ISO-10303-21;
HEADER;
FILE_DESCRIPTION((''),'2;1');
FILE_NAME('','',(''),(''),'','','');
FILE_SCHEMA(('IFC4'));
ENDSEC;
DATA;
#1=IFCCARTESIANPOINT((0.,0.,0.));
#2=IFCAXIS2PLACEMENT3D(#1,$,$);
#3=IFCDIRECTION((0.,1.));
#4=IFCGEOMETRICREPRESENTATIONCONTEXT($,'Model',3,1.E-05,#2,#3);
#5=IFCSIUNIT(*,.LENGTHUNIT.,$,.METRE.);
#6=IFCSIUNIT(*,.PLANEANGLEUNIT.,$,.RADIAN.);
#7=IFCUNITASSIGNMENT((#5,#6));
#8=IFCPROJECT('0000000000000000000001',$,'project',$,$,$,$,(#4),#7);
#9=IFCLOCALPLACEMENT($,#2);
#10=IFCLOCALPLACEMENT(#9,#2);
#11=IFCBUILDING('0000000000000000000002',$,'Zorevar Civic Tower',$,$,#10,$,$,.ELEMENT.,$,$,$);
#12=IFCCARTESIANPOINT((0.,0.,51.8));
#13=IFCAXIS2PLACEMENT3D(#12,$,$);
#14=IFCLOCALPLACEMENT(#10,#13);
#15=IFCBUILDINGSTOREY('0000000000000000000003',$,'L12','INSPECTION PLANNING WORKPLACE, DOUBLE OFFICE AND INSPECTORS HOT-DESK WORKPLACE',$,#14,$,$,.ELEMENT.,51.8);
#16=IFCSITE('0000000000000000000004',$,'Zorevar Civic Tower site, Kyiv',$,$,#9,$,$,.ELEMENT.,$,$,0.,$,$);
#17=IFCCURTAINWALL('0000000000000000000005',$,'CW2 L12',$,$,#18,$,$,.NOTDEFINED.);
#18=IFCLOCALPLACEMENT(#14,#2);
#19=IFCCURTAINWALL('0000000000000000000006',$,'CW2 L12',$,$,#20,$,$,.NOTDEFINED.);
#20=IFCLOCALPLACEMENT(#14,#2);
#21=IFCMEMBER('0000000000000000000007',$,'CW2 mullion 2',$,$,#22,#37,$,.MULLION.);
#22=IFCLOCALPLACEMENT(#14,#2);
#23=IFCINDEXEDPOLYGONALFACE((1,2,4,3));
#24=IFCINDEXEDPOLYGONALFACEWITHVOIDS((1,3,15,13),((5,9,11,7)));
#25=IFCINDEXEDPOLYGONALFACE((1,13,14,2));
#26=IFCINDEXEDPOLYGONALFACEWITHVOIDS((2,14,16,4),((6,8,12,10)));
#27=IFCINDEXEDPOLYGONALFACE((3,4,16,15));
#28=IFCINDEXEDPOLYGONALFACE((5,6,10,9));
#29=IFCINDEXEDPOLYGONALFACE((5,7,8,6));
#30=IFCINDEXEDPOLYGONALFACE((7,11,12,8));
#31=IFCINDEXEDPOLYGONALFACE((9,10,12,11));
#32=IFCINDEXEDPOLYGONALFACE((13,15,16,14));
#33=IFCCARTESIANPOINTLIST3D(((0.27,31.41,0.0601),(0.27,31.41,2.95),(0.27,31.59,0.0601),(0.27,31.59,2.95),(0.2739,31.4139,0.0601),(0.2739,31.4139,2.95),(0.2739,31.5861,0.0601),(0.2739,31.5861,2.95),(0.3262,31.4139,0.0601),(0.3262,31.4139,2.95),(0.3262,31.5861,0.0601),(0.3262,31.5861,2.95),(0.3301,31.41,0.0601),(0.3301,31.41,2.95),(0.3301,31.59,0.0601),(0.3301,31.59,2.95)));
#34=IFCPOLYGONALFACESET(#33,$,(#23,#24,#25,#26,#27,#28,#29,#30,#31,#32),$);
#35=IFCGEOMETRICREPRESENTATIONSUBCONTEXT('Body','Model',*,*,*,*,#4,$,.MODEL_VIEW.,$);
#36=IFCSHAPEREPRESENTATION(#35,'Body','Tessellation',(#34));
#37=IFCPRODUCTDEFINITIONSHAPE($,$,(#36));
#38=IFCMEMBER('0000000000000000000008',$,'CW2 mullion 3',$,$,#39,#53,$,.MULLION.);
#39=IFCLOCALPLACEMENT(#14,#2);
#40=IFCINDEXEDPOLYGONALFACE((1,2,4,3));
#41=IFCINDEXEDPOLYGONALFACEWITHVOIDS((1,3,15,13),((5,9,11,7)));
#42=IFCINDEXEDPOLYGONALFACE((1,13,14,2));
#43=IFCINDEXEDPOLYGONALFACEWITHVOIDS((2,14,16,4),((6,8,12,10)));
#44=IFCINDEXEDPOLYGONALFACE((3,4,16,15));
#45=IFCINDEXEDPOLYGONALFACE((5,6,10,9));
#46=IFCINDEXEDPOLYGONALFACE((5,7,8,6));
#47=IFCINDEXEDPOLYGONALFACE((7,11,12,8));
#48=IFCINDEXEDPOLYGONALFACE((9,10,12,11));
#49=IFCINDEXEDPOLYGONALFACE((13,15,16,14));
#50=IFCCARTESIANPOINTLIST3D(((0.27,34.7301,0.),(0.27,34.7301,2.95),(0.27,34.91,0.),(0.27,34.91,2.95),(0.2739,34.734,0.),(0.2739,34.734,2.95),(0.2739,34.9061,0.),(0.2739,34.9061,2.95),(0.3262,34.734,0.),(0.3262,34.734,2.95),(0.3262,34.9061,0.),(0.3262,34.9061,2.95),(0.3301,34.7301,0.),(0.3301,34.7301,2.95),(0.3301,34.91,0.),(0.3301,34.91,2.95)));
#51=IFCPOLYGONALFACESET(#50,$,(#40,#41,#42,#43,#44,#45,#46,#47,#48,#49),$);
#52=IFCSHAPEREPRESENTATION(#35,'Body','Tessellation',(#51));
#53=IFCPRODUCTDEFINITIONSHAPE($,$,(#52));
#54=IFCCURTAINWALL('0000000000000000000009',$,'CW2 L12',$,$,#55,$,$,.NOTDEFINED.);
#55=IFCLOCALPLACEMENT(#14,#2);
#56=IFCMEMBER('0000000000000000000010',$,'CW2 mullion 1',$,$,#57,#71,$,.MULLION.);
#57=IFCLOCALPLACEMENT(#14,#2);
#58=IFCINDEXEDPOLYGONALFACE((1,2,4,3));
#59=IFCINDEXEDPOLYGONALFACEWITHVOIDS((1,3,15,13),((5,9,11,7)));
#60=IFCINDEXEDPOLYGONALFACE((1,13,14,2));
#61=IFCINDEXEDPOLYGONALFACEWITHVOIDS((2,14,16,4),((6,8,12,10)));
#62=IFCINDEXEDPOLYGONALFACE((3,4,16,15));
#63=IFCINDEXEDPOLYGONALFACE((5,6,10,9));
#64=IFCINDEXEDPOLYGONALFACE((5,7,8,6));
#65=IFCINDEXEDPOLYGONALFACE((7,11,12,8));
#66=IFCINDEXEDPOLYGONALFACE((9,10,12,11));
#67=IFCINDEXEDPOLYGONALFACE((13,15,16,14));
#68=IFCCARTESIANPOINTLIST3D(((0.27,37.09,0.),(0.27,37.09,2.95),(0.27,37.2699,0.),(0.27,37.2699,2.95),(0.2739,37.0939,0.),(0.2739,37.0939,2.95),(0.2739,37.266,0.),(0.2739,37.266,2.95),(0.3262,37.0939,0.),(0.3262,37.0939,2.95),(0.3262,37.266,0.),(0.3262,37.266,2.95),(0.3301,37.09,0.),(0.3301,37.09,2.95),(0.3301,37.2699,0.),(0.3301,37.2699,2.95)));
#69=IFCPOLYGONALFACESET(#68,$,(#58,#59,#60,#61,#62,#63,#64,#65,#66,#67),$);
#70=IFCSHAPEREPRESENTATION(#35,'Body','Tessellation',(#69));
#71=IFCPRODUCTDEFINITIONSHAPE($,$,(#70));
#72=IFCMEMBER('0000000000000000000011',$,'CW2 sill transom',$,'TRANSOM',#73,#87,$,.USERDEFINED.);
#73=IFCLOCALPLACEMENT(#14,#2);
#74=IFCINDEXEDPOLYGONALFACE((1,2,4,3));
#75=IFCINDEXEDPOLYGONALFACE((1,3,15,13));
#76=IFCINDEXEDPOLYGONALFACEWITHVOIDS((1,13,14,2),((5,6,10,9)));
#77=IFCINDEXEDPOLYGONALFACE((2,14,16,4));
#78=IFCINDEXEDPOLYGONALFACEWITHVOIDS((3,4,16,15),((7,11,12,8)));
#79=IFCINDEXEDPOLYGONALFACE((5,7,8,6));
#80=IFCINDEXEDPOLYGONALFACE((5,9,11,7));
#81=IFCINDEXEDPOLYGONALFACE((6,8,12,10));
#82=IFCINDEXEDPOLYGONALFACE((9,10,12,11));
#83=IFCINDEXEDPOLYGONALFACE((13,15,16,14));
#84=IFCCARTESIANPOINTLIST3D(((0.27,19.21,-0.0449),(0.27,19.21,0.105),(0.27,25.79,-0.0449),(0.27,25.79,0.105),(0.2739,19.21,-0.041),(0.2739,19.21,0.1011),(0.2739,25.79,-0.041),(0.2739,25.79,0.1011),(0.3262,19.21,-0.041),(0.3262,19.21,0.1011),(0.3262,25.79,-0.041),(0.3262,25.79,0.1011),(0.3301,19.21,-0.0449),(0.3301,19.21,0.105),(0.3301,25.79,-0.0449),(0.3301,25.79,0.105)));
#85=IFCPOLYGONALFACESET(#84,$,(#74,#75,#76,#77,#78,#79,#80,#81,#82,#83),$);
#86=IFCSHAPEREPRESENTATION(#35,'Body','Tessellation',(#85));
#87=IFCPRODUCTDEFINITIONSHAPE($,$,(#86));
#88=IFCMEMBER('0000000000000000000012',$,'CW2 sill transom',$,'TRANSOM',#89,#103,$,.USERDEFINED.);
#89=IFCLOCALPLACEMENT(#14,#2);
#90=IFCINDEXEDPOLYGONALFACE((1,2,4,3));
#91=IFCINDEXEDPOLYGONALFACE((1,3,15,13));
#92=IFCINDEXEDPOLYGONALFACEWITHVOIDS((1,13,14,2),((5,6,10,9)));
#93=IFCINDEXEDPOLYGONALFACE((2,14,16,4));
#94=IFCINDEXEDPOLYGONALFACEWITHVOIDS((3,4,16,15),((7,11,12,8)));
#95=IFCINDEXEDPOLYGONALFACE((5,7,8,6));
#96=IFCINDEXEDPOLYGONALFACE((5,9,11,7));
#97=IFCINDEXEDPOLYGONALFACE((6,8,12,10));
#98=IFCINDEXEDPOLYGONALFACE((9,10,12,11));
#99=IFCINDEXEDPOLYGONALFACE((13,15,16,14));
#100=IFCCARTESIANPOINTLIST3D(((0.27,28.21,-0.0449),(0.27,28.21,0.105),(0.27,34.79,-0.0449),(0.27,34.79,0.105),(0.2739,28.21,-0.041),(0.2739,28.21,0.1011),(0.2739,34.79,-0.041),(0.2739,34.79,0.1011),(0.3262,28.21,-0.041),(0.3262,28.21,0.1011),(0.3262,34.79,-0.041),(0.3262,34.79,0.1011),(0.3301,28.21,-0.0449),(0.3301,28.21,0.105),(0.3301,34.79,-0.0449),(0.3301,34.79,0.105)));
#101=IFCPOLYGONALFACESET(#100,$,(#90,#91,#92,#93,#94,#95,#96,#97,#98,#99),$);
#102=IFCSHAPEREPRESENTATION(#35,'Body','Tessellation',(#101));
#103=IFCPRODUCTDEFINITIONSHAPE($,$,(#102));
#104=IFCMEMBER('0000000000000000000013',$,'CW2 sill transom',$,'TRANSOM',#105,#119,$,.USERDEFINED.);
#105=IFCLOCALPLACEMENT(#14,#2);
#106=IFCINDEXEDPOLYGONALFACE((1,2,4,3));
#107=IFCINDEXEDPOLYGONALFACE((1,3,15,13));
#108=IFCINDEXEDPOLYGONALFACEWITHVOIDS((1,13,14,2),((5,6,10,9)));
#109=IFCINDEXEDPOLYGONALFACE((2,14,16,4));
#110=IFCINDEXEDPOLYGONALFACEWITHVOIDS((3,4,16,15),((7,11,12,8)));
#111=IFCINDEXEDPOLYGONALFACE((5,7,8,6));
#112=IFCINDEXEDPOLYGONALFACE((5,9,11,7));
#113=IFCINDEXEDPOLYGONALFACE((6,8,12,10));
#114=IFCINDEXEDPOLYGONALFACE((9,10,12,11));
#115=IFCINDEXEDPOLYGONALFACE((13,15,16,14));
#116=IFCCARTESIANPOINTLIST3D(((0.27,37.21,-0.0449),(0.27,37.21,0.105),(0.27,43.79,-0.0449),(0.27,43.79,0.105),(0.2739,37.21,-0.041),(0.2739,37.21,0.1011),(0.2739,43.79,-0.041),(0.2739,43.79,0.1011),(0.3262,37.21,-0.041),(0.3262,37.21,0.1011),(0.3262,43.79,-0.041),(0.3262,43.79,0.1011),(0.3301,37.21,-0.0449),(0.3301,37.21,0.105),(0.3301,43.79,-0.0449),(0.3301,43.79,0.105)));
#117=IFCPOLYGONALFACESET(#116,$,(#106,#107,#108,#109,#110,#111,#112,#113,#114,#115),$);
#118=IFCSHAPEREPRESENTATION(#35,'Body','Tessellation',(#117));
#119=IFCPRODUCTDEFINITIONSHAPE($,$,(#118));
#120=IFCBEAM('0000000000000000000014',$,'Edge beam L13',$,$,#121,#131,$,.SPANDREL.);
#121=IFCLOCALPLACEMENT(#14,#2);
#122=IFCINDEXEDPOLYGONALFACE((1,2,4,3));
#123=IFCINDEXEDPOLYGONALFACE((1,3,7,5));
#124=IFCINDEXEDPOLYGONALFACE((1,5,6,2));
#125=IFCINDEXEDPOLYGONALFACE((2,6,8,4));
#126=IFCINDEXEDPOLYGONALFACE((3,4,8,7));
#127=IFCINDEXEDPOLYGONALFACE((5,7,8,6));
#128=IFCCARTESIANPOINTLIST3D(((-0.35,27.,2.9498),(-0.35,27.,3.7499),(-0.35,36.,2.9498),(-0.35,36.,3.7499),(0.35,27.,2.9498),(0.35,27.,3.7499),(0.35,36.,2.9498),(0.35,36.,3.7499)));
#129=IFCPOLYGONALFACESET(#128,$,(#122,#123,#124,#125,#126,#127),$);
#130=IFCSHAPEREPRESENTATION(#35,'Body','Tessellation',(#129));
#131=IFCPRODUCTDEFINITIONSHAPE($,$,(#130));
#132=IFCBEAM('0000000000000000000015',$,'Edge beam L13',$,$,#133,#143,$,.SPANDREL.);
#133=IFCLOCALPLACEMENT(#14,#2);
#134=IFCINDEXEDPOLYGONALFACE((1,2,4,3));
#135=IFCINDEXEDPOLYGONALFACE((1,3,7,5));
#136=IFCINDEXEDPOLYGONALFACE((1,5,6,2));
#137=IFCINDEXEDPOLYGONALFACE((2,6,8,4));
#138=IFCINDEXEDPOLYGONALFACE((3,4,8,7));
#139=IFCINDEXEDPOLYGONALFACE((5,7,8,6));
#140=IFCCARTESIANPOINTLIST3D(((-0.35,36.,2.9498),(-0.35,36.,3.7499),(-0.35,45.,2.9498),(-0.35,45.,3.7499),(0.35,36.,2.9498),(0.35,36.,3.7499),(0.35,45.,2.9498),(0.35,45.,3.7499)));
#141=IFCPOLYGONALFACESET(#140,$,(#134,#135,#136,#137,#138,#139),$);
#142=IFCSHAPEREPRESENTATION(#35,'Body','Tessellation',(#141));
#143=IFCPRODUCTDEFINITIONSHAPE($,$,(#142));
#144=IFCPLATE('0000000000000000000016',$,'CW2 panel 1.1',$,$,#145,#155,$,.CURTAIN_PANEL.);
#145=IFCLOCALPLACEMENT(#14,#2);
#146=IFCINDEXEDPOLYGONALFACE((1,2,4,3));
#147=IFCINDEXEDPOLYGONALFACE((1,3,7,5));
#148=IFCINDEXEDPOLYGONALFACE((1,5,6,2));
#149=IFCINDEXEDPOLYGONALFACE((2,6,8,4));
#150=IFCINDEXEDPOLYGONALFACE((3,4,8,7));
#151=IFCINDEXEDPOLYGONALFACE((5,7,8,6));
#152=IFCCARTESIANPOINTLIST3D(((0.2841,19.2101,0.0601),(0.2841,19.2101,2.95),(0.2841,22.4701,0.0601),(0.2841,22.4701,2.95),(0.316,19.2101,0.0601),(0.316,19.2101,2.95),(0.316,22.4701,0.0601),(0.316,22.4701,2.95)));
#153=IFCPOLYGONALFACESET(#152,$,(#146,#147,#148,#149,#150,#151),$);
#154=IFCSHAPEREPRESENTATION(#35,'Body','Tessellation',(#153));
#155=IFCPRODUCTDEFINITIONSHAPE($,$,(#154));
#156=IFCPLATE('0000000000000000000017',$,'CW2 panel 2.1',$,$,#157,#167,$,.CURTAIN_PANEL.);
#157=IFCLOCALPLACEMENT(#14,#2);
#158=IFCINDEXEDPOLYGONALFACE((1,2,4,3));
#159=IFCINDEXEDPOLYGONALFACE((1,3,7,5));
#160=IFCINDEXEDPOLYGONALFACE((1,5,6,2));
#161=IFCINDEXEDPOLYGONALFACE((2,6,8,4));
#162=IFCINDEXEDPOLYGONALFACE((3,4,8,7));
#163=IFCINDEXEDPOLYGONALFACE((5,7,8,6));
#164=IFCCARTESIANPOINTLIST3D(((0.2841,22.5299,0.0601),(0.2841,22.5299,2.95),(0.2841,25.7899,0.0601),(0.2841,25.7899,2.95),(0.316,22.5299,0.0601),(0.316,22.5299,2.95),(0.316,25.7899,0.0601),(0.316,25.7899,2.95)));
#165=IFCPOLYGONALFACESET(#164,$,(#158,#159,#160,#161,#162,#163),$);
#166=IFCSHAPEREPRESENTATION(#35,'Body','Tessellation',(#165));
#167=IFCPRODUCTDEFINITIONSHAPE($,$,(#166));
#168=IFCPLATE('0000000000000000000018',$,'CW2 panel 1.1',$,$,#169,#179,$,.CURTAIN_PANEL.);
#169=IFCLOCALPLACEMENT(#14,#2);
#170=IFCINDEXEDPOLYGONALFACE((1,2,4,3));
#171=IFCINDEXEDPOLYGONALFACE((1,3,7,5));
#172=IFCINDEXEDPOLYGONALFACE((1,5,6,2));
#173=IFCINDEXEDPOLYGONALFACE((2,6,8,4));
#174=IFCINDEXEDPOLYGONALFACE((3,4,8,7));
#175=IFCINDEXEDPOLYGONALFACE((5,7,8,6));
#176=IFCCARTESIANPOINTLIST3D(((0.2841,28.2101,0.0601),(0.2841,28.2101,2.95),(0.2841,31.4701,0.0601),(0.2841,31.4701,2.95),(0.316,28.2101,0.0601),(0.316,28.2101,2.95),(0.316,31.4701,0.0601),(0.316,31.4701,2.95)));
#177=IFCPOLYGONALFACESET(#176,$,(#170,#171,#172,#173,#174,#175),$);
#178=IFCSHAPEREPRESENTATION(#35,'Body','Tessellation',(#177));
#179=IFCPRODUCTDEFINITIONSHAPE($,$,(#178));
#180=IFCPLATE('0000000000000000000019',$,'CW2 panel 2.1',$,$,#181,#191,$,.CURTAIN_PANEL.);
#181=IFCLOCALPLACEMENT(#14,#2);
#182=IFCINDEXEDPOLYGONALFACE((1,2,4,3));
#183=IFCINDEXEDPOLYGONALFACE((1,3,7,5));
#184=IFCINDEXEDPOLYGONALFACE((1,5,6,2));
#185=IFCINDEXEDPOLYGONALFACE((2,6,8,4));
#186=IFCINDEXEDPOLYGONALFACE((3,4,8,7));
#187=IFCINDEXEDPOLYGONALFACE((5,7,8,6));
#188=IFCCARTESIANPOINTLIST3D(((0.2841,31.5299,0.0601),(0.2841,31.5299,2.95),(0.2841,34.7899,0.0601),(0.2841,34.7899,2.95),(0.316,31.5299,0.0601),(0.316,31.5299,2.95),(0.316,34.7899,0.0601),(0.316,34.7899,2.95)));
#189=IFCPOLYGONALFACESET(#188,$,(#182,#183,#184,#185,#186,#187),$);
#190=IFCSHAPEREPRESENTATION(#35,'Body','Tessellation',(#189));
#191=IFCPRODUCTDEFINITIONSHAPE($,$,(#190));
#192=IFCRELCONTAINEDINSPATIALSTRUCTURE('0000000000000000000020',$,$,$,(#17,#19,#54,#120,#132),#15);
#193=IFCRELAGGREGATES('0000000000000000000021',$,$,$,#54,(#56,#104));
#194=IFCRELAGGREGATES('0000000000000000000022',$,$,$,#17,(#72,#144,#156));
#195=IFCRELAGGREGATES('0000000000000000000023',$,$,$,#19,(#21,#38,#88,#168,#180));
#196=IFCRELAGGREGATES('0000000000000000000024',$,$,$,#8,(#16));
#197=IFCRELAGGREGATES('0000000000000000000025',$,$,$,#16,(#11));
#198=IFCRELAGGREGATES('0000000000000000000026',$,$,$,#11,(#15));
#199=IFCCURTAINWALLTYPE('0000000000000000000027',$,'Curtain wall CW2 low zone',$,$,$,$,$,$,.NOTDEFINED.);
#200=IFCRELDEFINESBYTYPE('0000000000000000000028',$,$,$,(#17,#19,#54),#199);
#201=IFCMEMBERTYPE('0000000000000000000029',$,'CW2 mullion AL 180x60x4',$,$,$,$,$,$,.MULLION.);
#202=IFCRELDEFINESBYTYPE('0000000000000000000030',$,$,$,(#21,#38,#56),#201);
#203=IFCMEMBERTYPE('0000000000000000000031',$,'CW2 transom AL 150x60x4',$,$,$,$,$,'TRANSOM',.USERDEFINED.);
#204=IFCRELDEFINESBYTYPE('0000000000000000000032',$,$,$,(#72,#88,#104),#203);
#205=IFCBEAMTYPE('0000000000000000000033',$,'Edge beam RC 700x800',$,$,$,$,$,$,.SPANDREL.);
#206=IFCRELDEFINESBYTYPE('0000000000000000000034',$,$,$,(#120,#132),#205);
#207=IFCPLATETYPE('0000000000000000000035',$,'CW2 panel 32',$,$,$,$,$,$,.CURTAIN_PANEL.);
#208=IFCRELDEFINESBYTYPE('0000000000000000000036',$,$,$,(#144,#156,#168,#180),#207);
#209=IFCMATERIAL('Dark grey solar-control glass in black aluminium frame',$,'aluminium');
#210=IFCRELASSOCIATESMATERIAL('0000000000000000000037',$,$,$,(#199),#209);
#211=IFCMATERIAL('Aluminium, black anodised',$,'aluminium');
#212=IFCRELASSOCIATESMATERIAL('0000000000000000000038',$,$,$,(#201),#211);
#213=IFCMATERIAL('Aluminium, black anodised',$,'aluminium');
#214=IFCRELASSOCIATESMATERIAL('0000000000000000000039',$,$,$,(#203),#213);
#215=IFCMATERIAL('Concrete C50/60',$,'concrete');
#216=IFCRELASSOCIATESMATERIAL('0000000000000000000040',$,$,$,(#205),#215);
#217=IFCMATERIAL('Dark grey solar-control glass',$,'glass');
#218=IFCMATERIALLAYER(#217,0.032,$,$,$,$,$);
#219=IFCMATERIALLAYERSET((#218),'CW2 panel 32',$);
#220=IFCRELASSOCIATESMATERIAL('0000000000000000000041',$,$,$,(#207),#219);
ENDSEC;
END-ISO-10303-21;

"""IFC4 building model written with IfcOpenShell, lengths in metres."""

from ifc_helpers import new_model, si_unit, direction, frame, origin, origin_2d, place, context, subcontext, project, spatial, rectangle, hollow_rectangle, extrude, material, layer, layer_set, material_profile, profile_set, type_object, element, aggregate, save


model = new_model("IFC4")

# Units and contexts
model_context = context("Model", 3, precision=1e-05, world=origin(), true_north=direction((0.0, 1.0)))
body_context = subcontext(model_context, "Body", "Model", "MODEL_VIEW")
ifc_project = project(units=[si_unit("LENGTHUNIT", "METRE"), si_unit("PLANEANGLEUNIT", "RADIAN")], contexts=[model_context])

# Site, building, storey
site_placement = place(None, origin())
site = spatial("IfcSite", under=ifc_project, at=site_placement, Name="Zorevar Civic Tower site, Kyiv", CompositionType="ELEMENT", RefElevation=0.0)
building_placement = place(site_placement, origin())
building = spatial("IfcBuilding", under=site, at=building_placement, Name="Zorevar Civic Tower", CompositionType="ELEMENT")
storey_placement = place(building_placement, frame((0.0, 0.0, 51.8)))
storey = spatial("IfcBuildingStorey", under=building, at=storey_placement, Name="L12", Description="INSPECTION PLANNING WORKPLACE, DOUBLE OFFICE AND INSPECTORS HOT-DESK WORKPLACE", CompositionType="ELEMENT", Elevation=51.8)

# Curtain walls, members
ifc_material_1 = material(Name="Dark grey solar-control glass in black aluminium frame", Category="aluminium")
curtain_wall_type = type_object("IfcCurtainWallType", Name="Curtain wall CW2 low zone", PredefinedType="NOTDEFINED", material=ifc_material_1)
curtain_wall_1_placement = place(storey_placement, origin())
curtain_wall_1 = element("IfcCurtainWall", 1, at=curtain_wall_1_placement, inside=storey, type_object=curtain_wall_type, Name="CW2 L12", PredefinedType="NOTDEFINED")
ifc_material_2 = material(Name="Aluminium, black anodised", Category="aluminium")
ifc_material_profile_1 = material_profile(ifc_material_2, hollow_rectangle(XDim=0.0601, YDim=0.1799, WallThickness=0.0039, at=origin_2d()), Name="AL 180x60x4")
ifc_profile_set_1 = profile_set([ifc_material_profile_1], Name="Aluminium, black anodised")
member_type_1 = type_object("IfcMemberType", Name="CW2 mullion AL 180x60x4", PredefinedType="MULLION", material=ifc_profile_set_1)
curtain_wall_2_placement = place(storey_placement, origin())
curtain_wall_2 = element("IfcCurtainWall", 2, at=curtain_wall_2_placement, inside=storey, type_object=curtain_wall_type, Name="CW2 L12", PredefinedType="NOTDEFINED")
member_1_placement = place(storey_placement, frame((0.3, 31.5, 0.0601), z_axis=(0.0, 0.0, 1.0), x_axis=(-1.0, 0.0, 0.0)))
member_1 = element("IfcMember", 3, at=member_1_placement, type_object=member_type_1, Name="CW2 mullion 2", PredefinedType="MULLION", context=body_context, shape_type="SweptSolid", body=[
    extrude(hollow_rectangle(XDim=0.0601, YDim=0.1799, WallThickness=0.0039, at=origin_2d()), origin(), (0.0, 0.0, 1.0), 2.8899),
])
member_2_placement = place(storey_placement, frame((0.3, 34.8201, 0.0), z_axis=(0.0, 0.0, 1.0), x_axis=(-1.0, 0.0, 0.0)))
member_2 = element("IfcMember", 4, at=member_2_placement, type_object=member_type_1, Name="CW2 mullion 3", PredefinedType="MULLION", context=body_context, shape_type="SweptSolid", body=[
    extrude(hollow_rectangle(XDim=0.0601, YDim=0.1799, WallThickness=0.0039, at=origin_2d()), origin(), (0.0, 0.0, 1.0), 2.95),
])

# Curtain wall, member
curtain_wall_3_placement = place(storey_placement, origin())
curtain_wall_3 = element("IfcCurtainWall", 5, at=curtain_wall_3_placement, inside=storey, type_object=curtain_wall_type, Name="CW2 L12", PredefinedType="NOTDEFINED")
member_3_placement = place(storey_placement, frame((0.3, 37.1799, 0.0), z_axis=(0.0, 0.0, 1.0), x_axis=(-1.0, 0.0, 0.0)))
member_3 = element("IfcMember", 6, at=member_3_placement, type_object=member_type_1, Name="CW2 mullion 1", PredefinedType="MULLION", context=body_context, shape_type="SweptSolid", body=[
    extrude(hollow_rectangle(XDim=0.0601, YDim=0.1799, WallThickness=0.0039, at=origin_2d()), origin(), (0.0, 0.0, 1.0), 2.95),
])

# Members
ifc_material_3 = material(Name="Aluminium, black anodised", Category="aluminium")
ifc_material_profile_2 = material_profile(ifc_material_3, hollow_rectangle(XDim=0.0601, YDim=0.1499, WallThickness=0.0039, at=origin_2d()), Name="AL 150x60x4")
ifc_profile_set_2 = profile_set([ifc_material_profile_2], Name="Aluminium, black anodised")
member_type_2 = type_object("IfcMemberType", Name="CW2 transom AL 150x60x4", ElementType="TRANSOM", PredefinedType="USERDEFINED", material=ifc_profile_set_2)
member_4_placement = place(storey_placement, frame((0.3, 19.21, 0.03), z_axis=(0.0, 1.0, 0.0), x_axis=(-1.0, 0.0, 0.0)))
member_4 = element("IfcMember", 7, at=member_4_placement, type_object=member_type_2, Name="CW2 sill transom", ObjectType="TRANSOM", PredefinedType="USERDEFINED", context=body_context, shape_type="SweptSolid", body=[
    extrude(hollow_rectangle(XDim=0.0601, YDim=0.1499, WallThickness=0.0039, at=origin_2d()), origin(), (0.0, 0.0, 1.0), 6.5801),
])
member_5_placement = place(storey_placement, frame((0.3, 28.21, 0.03), z_axis=(0.0, 1.0, 0.0), x_axis=(-1.0, 0.0, 0.0)))
member_5 = element("IfcMember", 8, at=member_5_placement, type_object=member_type_2, Name="CW2 sill transom", ObjectType="TRANSOM", PredefinedType="USERDEFINED", context=body_context, shape_type="SweptSolid", body=[
    extrude(hollow_rectangle(XDim=0.0601, YDim=0.1499, WallThickness=0.0039, at=origin_2d()), origin(), (0.0, 0.0, 1.0), 6.5801),
])
member_6_placement = place(storey_placement, frame((0.3, 37.21, 0.03), z_axis=(0.0, 1.0, 0.0), x_axis=(-1.0, 0.0, 0.0)))
member_6 = element("IfcMember", 9, at=member_6_placement, type_object=member_type_2, Name="CW2 sill transom", ObjectType="TRANSOM", PredefinedType="USERDEFINED", context=body_context, shape_type="SweptSolid", body=[
    extrude(hollow_rectangle(XDim=0.0601, YDim=0.1499, WallThickness=0.0039, at=origin_2d()), origin(), (0.0, 0.0, 1.0), 6.5801),
])
aggregate(curtain_wall_3, [member_3, member_6])

# Beams
ifc_material_4 = material(Name="Concrete C50/60", Category="concrete")
ifc_material_profile_3 = material_profile(ifc_material_4, rectangle(XDim=0.7, YDim=0.8, at=origin_2d()), Name="RC 700x800")
ifc_profile_set_3 = profile_set([ifc_material_profile_3], Name="Concrete C50/60")
beam_type_1 = type_object("IfcBeamType", Name="Edge beam RC 700x800", PredefinedType="SPANDREL", material=ifc_profile_set_3)
for number, where, z_axis, x_axis, name in (
    (10, (0.0, 27.0, 3.3499), (0.0, 1.0, 0.0), (-1.0, 0.0, 0.0), "Edge beam L13"),
    (11, (0.0, 36.0, 3.3499), (0.0, 1.0, 0.0), (-1.0, 0.0, 0.0), "Edge beam L13"),
):
    element("IfcBeam", number, at=place(storey_placement, frame(where, z_axis=z_axis, x_axis=x_axis)), inside=storey, type_object=beam_type_1, Name=name, PredefinedType="SPANDREL", context=body_context, shape_type="SweptSolid", body=[
        extrude(rectangle(XDim=0.7, YDim=0.8, at=origin_2d()), origin(), (0.0, 0.0, 1.0), 9.0),
    ])

# Plates
ifc_material_5 = material(Name="Dark grey solar-control glass", Category="glass")
ifc_layer_1 = layer(ifc_material_5, 0.032)
ifc_layer_set_1 = layer_set([ifc_layer_1], Name="CW2 panel 32")
plate_type = type_object("IfcPlateType", Name="CW2 panel 32", PredefinedType="CURTAIN_PANEL", material=ifc_layer_set_1)
plate_1_placement = place(storey_placement, frame((0.3, 20.8401, 0.0601), z_axis=(0.0, 0.0, 1.0), x_axis=(0.0, 1.0, 0.0)))
plate_1 = element("IfcPlate", 12, at=plate_1_placement, type_object=plate_type, Name="CW2 panel 1.1", PredefinedType="CURTAIN_PANEL", context=body_context, shape_type="SweptSolid", body=[
    extrude(rectangle(XDim=3.26, YDim=0.032, at=origin_2d()), origin(), (0.0, 0.0, 1.0), 2.8899),
])
plate_2_placement = place(storey_placement, frame((0.3, 24.1599, 0.0601), z_axis=(0.0, 0.0, 1.0), x_axis=(0.0, 1.0, 0.0)))
plate_2 = element("IfcPlate", 13, at=plate_2_placement, type_object=plate_type, Name="CW2 panel 2.1", PredefinedType="CURTAIN_PANEL", context=body_context, shape_type="SweptSolid", body=[
    extrude(rectangle(XDim=3.26, YDim=0.032, at=origin_2d()), origin(), (0.0, 0.0, 1.0), 2.8899),
])
aggregate(curtain_wall_1, [member_4, plate_1, plate_2])
plate_3_placement = place(storey_placement, frame((0.3, 29.8401, 0.0601), z_axis=(0.0, 0.0, 1.0), x_axis=(0.0, 1.0, 0.0)))
plate_3 = element("IfcPlate", 14, at=plate_3_placement, type_object=plate_type, Name="CW2 panel 1.1", PredefinedType="CURTAIN_PANEL", context=body_context, shape_type="SweptSolid", body=[
    extrude(rectangle(XDim=3.26, YDim=0.032, at=origin_2d()), origin(), (0.0, 0.0, 1.0), 2.8899),
])
plate_4_placement = place(storey_placement, frame((0.3, 33.1599, 0.0601), z_axis=(0.0, 0.0, 1.0), x_axis=(0.0, 1.0, 0.0)))
plate_4 = element("IfcPlate", 15, at=plate_4_placement, type_object=plate_type, Name="CW2 panel 2.1", PredefinedType="CURTAIN_PANEL", context=body_context, shape_type="SweptSolid", body=[
    extrude(rectangle(XDim=3.26, YDim=0.032, at=origin_2d()), origin(), (0.0, 0.0, 1.0), 2.8899),
])
aggregate(curtain_wall_2, [member_1, member_2, member_5, plate_3, plate_4])

save(model, "model.ifc")
